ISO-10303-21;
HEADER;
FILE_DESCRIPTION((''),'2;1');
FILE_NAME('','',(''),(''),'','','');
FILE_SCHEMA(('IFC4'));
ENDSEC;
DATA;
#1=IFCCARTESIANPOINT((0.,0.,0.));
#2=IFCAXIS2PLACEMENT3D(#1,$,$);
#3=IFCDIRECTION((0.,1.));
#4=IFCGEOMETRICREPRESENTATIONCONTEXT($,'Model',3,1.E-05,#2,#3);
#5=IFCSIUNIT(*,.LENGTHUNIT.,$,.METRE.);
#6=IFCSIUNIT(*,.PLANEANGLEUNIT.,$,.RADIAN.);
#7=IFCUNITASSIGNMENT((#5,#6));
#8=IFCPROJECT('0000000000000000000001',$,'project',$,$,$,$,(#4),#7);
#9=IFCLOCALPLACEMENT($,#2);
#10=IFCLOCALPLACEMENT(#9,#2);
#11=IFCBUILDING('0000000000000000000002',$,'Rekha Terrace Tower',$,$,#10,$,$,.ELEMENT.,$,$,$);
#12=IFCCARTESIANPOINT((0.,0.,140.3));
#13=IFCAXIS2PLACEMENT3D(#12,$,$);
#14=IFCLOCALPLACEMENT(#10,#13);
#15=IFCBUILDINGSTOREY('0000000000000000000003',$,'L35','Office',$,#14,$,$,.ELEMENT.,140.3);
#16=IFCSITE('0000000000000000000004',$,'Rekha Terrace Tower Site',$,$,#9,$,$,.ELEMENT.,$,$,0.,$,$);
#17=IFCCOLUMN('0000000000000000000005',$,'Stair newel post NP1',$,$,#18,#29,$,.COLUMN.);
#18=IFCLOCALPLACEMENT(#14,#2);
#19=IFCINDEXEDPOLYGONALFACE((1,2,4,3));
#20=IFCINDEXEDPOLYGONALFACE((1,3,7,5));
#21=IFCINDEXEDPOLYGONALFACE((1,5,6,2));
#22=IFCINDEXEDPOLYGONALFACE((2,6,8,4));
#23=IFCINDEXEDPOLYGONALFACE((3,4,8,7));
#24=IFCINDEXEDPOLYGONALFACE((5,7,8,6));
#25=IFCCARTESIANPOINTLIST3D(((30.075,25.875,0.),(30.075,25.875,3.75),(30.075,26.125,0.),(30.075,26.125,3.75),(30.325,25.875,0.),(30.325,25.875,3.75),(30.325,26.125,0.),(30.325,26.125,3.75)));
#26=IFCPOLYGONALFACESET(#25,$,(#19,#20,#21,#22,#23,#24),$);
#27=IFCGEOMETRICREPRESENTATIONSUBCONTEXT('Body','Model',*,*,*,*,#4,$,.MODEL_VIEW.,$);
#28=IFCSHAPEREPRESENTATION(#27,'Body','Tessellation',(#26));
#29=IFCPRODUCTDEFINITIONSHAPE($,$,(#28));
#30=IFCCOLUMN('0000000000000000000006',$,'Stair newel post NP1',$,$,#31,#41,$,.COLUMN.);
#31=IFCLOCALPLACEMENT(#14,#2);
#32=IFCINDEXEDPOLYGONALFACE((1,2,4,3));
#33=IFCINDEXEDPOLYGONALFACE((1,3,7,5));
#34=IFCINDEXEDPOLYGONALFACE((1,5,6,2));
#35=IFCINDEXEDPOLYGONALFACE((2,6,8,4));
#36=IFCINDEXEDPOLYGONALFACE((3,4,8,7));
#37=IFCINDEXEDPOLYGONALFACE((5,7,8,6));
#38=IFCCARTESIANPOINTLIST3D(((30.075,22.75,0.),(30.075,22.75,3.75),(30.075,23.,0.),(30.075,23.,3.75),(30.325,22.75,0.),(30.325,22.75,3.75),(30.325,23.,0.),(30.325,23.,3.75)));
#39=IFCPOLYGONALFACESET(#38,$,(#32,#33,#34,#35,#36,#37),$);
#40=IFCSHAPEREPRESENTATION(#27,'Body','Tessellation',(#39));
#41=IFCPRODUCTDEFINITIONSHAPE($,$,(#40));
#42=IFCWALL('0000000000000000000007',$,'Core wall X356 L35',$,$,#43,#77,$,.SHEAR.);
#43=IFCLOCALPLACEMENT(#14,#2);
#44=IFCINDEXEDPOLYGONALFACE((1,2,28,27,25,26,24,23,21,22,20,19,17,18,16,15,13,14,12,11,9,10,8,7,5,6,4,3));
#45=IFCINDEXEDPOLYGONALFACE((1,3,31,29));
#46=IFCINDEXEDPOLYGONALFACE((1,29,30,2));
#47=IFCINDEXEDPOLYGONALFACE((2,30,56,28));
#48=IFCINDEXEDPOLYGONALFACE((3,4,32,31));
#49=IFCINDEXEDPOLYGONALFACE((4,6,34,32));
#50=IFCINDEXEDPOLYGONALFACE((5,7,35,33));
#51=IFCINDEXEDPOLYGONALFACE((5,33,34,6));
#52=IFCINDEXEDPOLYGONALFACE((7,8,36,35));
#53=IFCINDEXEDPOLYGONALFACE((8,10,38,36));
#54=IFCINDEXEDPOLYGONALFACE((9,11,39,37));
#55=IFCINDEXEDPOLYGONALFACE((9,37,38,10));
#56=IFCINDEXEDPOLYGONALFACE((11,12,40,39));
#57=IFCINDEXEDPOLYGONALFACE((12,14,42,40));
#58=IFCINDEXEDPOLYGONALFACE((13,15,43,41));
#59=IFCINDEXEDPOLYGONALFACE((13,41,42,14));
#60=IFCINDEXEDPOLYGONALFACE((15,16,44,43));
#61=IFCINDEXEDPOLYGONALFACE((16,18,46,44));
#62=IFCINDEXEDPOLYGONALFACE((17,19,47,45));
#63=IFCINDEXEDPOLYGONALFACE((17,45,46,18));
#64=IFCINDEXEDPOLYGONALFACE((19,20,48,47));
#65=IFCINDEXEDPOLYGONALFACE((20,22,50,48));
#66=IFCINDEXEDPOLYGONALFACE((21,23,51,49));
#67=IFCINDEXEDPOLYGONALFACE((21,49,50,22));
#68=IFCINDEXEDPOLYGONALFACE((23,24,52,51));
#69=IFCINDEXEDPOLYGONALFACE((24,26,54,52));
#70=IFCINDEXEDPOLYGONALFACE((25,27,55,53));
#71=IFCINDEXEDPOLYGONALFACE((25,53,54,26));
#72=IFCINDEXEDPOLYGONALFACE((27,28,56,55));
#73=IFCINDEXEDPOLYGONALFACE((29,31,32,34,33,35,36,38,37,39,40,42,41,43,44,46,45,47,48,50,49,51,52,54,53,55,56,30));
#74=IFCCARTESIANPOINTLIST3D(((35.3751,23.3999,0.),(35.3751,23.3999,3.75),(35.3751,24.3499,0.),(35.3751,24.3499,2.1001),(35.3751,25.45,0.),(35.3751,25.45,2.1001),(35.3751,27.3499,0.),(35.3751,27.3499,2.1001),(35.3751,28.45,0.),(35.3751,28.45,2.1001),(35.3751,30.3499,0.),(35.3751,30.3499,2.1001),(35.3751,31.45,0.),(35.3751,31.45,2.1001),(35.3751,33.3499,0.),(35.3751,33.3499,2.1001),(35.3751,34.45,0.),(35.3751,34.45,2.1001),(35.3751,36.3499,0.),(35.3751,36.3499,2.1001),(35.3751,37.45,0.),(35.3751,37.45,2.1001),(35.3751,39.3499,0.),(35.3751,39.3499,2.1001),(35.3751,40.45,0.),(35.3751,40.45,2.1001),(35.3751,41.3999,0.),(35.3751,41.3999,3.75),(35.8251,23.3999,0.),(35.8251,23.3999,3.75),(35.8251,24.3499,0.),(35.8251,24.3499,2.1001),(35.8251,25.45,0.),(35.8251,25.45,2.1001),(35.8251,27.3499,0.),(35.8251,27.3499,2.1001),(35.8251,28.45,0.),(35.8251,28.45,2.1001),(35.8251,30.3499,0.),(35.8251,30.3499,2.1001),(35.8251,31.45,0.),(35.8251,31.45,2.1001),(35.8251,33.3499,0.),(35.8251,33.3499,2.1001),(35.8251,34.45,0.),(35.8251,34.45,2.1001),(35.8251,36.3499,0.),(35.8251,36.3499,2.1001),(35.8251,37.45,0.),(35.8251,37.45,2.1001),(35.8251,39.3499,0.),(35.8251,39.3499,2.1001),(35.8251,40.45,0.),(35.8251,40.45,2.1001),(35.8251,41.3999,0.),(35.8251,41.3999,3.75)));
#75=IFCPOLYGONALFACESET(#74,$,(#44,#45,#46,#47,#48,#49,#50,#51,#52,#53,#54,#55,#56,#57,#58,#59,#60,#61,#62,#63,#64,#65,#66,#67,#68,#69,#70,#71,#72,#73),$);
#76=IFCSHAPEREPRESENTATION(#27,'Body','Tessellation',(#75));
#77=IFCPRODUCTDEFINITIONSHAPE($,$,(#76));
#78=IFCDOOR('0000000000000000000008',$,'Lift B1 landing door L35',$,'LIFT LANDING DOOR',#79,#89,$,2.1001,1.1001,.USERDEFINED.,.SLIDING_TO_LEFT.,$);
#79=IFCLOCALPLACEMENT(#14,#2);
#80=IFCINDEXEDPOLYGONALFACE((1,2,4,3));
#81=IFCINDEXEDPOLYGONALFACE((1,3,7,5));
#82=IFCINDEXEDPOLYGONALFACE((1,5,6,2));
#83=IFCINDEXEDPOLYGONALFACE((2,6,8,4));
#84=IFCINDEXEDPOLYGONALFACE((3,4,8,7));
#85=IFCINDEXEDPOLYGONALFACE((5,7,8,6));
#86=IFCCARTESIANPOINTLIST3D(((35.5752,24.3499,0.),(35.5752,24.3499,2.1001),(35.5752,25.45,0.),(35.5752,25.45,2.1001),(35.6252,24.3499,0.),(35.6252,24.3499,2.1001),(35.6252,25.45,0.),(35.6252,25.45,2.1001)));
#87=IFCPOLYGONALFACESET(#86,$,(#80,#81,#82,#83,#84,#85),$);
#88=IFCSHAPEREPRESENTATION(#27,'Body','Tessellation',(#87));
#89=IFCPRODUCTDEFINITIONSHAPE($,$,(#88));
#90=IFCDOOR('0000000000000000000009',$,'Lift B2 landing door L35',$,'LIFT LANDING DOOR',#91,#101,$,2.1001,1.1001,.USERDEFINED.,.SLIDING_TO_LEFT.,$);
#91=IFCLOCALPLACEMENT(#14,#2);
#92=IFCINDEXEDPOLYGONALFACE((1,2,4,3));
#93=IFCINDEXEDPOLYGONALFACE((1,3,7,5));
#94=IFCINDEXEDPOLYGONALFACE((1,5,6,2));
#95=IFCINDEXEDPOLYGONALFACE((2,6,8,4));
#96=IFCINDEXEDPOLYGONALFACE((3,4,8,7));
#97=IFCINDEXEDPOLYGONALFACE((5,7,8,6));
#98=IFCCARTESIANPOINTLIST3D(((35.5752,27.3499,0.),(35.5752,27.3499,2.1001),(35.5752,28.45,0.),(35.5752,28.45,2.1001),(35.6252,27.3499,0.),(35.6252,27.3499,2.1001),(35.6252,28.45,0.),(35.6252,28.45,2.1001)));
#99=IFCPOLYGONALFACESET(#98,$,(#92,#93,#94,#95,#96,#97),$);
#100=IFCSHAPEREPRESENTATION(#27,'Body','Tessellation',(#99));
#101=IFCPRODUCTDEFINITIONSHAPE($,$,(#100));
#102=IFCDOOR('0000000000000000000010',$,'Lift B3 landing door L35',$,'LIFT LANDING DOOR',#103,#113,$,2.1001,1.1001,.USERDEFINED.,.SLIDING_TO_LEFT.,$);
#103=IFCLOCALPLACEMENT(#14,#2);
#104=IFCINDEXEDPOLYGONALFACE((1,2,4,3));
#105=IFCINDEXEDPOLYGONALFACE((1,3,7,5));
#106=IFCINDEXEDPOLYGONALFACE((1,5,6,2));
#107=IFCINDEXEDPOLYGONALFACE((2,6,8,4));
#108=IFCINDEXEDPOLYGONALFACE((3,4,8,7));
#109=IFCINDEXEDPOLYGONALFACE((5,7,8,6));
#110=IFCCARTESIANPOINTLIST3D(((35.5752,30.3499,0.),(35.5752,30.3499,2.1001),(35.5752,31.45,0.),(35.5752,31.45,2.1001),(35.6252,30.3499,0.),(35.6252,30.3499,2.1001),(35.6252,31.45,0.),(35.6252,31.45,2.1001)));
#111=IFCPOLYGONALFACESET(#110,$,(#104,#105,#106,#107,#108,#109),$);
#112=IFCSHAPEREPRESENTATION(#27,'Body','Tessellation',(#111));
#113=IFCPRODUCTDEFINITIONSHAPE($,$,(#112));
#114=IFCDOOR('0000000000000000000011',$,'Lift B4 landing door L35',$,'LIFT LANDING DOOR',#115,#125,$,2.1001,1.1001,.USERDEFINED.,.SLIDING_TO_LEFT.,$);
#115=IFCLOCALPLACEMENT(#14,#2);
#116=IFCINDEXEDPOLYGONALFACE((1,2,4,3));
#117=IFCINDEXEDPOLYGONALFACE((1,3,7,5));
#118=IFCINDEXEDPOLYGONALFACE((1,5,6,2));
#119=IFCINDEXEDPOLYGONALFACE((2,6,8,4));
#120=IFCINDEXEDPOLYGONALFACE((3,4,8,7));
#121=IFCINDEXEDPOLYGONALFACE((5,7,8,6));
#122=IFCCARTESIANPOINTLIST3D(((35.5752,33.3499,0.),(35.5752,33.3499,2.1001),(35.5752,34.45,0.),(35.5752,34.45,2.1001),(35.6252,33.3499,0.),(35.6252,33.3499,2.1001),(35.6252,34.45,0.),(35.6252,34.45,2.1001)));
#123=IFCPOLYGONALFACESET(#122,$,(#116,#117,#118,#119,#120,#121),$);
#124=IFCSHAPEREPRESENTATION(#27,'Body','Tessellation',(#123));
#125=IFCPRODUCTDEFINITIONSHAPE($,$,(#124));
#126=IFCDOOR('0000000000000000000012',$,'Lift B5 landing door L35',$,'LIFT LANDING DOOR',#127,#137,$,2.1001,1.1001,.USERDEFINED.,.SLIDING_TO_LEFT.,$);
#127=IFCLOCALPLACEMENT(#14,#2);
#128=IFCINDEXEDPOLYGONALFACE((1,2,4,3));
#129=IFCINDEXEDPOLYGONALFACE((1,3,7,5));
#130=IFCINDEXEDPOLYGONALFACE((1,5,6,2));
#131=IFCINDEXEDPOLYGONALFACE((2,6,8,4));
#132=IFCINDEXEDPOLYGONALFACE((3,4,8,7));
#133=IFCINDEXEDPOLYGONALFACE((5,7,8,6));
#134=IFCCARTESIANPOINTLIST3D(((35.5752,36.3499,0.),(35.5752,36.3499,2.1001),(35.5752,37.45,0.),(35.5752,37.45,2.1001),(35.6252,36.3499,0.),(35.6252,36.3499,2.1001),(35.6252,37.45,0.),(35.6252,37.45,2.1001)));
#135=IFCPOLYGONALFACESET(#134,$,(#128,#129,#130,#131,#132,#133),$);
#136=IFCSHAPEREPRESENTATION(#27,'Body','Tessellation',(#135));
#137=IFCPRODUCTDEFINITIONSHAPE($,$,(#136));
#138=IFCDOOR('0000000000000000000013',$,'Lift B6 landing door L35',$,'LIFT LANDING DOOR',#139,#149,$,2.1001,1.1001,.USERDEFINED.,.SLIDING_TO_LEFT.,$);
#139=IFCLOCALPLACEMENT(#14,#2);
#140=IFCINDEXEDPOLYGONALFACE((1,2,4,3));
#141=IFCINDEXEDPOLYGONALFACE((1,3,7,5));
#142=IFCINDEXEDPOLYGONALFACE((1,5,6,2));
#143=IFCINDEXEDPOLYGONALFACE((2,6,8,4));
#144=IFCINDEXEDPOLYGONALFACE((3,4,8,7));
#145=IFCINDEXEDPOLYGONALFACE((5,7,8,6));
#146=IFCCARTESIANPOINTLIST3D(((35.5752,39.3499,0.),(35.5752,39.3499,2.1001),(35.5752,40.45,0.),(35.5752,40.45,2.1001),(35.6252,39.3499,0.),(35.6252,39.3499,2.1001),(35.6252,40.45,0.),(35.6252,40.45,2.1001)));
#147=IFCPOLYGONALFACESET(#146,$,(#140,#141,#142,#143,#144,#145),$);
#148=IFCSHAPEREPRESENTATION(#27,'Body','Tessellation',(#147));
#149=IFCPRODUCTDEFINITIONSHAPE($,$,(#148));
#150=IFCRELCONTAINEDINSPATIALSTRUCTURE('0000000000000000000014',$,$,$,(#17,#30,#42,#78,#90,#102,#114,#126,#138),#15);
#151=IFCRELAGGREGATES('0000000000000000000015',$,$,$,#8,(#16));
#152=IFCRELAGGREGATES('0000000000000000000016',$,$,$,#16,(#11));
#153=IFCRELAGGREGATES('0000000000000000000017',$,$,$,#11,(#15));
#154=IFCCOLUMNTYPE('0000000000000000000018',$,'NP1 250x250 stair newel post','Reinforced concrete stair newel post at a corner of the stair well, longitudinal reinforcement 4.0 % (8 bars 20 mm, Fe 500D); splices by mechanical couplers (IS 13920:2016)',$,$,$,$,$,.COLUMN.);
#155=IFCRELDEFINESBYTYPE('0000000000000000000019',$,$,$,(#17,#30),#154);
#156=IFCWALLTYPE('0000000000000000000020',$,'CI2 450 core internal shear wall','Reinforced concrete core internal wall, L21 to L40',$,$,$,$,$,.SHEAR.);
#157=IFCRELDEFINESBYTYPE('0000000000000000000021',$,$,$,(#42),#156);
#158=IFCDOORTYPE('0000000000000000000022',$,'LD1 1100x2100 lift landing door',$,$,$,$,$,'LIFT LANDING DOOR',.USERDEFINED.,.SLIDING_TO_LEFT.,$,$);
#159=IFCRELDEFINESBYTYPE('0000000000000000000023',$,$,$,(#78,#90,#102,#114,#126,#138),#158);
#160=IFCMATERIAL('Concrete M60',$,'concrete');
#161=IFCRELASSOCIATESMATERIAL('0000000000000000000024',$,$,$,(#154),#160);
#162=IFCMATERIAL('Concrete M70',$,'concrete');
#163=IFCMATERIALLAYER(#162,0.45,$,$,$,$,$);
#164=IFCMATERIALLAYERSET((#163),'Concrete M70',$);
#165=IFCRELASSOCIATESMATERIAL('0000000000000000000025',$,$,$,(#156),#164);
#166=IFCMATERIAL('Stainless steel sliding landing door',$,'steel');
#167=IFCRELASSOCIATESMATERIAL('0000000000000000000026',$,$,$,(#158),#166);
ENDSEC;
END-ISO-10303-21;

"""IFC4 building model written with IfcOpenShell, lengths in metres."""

from ifc_helpers import new_model, si_unit, direction, frame, frame_2d, origin, origin_2d, place, context, subcontext, project, spatial, rectangle, extrude, material, layer, layer_set, material_profile, profile_set, type_object, element, fill, save


model = new_model("IFC4")

# Units and contexts
model_context = context("Model", 3, precision=1e-05, world=origin(), true_north=direction((0.0, 1.0)))
body_context = subcontext(model_context, "Body", "Model", "MODEL_VIEW")
ifc_project = project(units=[si_unit("LENGTHUNIT", "METRE"), si_unit("PLANEANGLEUNIT", "RADIAN")], contexts=[model_context])

# Site, building, storey
site_placement = place(None, origin())
site = spatial("IfcSite", under=ifc_project, at=site_placement, Name="Rekha Terrace Tower Site", CompositionType="ELEMENT", RefElevation=0.0)
building_placement = place(site_placement, origin())
building = spatial("IfcBuilding", under=site, at=building_placement, Name="Rekha Terrace Tower", CompositionType="ELEMENT")
storey_placement = place(building_placement, frame((0.0, 0.0, 140.3)))
storey = spatial("IfcBuildingStorey", under=building, at=storey_placement, Name="L35", Description="Office", CompositionType="ELEMENT", Elevation=140.3)

# Columns
ifc_material_1 = material(Name="Concrete M60", Category="concrete")
ifc_material_profile = material_profile(ifc_material_1, rectangle(XDim=0.25, YDim=0.25, at=origin_2d()), Name="RC 250x250")
ifc_profile_set = profile_set([ifc_material_profile], Name="Concrete M60")
column_type = type_object("IfcColumnType", Name="NP1 250x250 stair newel post", Description="Reinforced concrete stair newel post at a corner of the stair well, longitudinal reinforcement 4.0 % (8 bars 20 mm, Fe 500D); splices by mechanical couplers (IS 13920:2016)", PredefinedType="COLUMN", material=ifc_profile_set)
for number, where, z_axis, x_axis, name in (
    (1, (30.2, 26.0, 0.0), (0.0, 0.0, 1.0), (1.0, 0.0, 0.0), "Stair newel post NP1"),
    (2, (30.2, 22.875, 0.0), (0.0, 0.0, 1.0), (1.0, 0.0, 0.0), "Stair newel post NP1"),
):
    element("IfcColumn", number, at=place(storey_placement, frame(where, z_axis=z_axis, x_axis=x_axis)), inside=storey, type_object=column_type, Name=name, PredefinedType="COLUMN", context=body_context, shape_type="SweptSolid", body=[
        extrude(rectangle(XDim=0.25, YDim=0.25, at=origin_2d()), origin(), (0.0, 0.0, 1.0), 3.75),
    ])

# Wall, openings, doors
ifc_material_2 = material(Name="Concrete M70", Category="concrete")
ifc_layer_1 = layer(ifc_material_2, 0.45)
ifc_layer_set_1 = layer_set([ifc_layer_1], Name="Concrete M70")
wall_type_1 = type_object("IfcWallType", Name="CI2 450 core internal shear wall", Description="Reinforced concrete core internal wall, L21 to L40", PredefinedType="SHEAR", material=ifc_layer_set_1)
wall_1_placement = place(storey_placement, frame((35.6001, 23.3999, 0.0), z_axis=(0.0, 0.0, 1.0), x_axis=(0.0, 1.0, 0.0)))
wall_1 = element("IfcWall", 3, at=wall_1_placement, inside=storey, type_object=wall_type_1, Name="Core wall X356 L35", PredefinedType="SHEAR", context=body_context, shape_type="SweptSolid", body=[
    extrude(rectangle(XDim=18.0, YDim=0.45, at=frame_2d((9.0, 0.0))), origin(), (0.0, 0.0, 1.0), 3.75),
])
opening_1_placement = place(wall_1_placement, frame((0.95, 0.0, 0.0)))
opening_1 = element("IfcOpeningElement", 4, at=opening_1_placement, cuts=wall_1, PredefinedType="OPENING", context=body_context, shape_type="SweptSolid", body=[
    extrude(rectangle(XDim=1.1001, YDim=2.1001, at=frame_2d((0.55, 1.05))), frame((0.0, 0.2349, 0.0), z_axis=(0.0, -1.0, 0.0), x_axis=(1.0, 0.0, 0.0)), (0.0, 0.0, 1.0), 0.47),
])
opening_2_placement = place(wall_1_placement, frame((3.95, 0.0, 0.0)))
opening_2 = element("IfcOpeningElement", 5, at=opening_2_placement, cuts=wall_1, PredefinedType="OPENING", context=body_context, shape_type="SweptSolid", body=[
    extrude(rectangle(XDim=1.1001, YDim=2.1001, at=frame_2d((0.55, 1.05))), frame((0.0, 0.2349, 0.0), z_axis=(0.0, -1.0, 0.0), x_axis=(1.0, 0.0, 0.0)), (0.0, 0.0, 1.0), 0.47),
])
opening_3_placement = place(wall_1_placement, frame((6.95, 0.0, 0.0)))
opening_3 = element("IfcOpeningElement", 6, at=opening_3_placement, cuts=wall_1, PredefinedType="OPENING", context=body_context, shape_type="SweptSolid", body=[
    extrude(rectangle(XDim=1.1001, YDim=2.1001, at=frame_2d((0.55, 1.05))), frame((0.0, 0.2349, 0.0), z_axis=(0.0, -1.0, 0.0), x_axis=(1.0, 0.0, 0.0)), (0.0, 0.0, 1.0), 0.47),
])
opening_4_placement = place(wall_1_placement, frame((9.95, 0.0, 0.0)))
opening_4 = element("IfcOpeningElement", 7, at=opening_4_placement, cuts=wall_1, PredefinedType="OPENING", context=body_context, shape_type="SweptSolid", body=[
    extrude(rectangle(XDim=1.1001, YDim=2.1001, at=frame_2d((0.55, 1.05))), frame((0.0, 0.2349, 0.0), z_axis=(0.0, -1.0, 0.0), x_axis=(1.0, 0.0, 0.0)), (0.0, 0.0, 1.0), 0.47),
])
opening_5_placement = place(wall_1_placement, frame((12.95, 0.0, 0.0)))
opening_5 = element("IfcOpeningElement", 8, at=opening_5_placement, cuts=wall_1, PredefinedType="OPENING", context=body_context, shape_type="SweptSolid", body=[
    extrude(rectangle(XDim=1.1001, YDim=2.1001, at=frame_2d((0.55, 1.05))), frame((0.0, 0.2349, 0.0), z_axis=(0.0, -1.0, 0.0), x_axis=(1.0, 0.0, 0.0)), (0.0, 0.0, 1.0), 0.47),
])
opening_6_placement = place(wall_1_placement, frame((15.95, 0.0, 0.0)))
opening_6 = element("IfcOpeningElement", 9, at=opening_6_placement, cuts=wall_1, PredefinedType="OPENING", context=body_context, shape_type="SweptSolid", body=[
    extrude(rectangle(XDim=1.1001, YDim=2.1001, at=frame_2d((0.55, 1.05))), frame((0.0, 0.2349, 0.0), z_axis=(0.0, -1.0, 0.0), x_axis=(1.0, 0.0, 0.0)), (0.0, 0.0, 1.0), 0.47),
])
ifc_material_3 = material(Name="Stainless steel sliding landing door", Category="steel")
door_type_1 = type_object("IfcDoorType", Name="LD1 1100x2100 lift landing door", ElementType="LIFT LANDING DOOR", OperationType="SLIDING_TO_LEFT", PredefinedType="USERDEFINED", material=ifc_material_3)
door_1_placement = place(opening_1_placement, origin())
door_1 = element("IfcDoor", 10, at=door_1_placement, inside=storey, type_object=door_type_1, Name="Lift B1 landing door L35", ObjectType="LIFT LANDING DOOR", OperationType="SLIDING_TO_LEFT", OverallHeight=2.1001, OverallWidth=1.1001, PredefinedType="USERDEFINED", context=body_context, shape_type="SweptSolid", body=[
    extrude(rectangle(XDim=1.1001, YDim=2.1001, at=frame_2d((0.55, 1.05))), frame((0.0, 0.0249, 0.0), z_axis=(0.0, -1.0, 0.0), x_axis=(1.0, 0.0, 0.0)), (0.0, 0.0, 1.0), 0.05),
])
fill(opening_1, door_1)
door_2_placement = place(opening_2_placement, origin())
door_2 = element("IfcDoor", 11, at=door_2_placement, inside=storey, type_object=door_type_1, Name="Lift B2 landing door L35", ObjectType="LIFT LANDING DOOR", OperationType="SLIDING_TO_LEFT", OverallHeight=2.1001, OverallWidth=1.1001, PredefinedType="USERDEFINED", context=body_context, shape_type="SweptSolid", body=[
    extrude(rectangle(XDim=1.1001, YDim=2.1001, at=frame_2d((0.55, 1.05))), frame((0.0, 0.0249, 0.0), z_axis=(0.0, -1.0, 0.0), x_axis=(1.0, 0.0, 0.0)), (0.0, 0.0, 1.0), 0.05),
])
fill(opening_2, door_2)
door_3_placement = place(opening_3_placement, origin())
door_3 = element("IfcDoor", 12, at=door_3_placement, inside=storey, type_object=door_type_1, Name="Lift B3 landing door L35", ObjectType="LIFT LANDING DOOR", OperationType="SLIDING_TO_LEFT", OverallHeight=2.1001, OverallWidth=1.1001, PredefinedType="USERDEFINED", context=body_context, shape_type="SweptSolid", body=[
    extrude(rectangle(XDim=1.1001, YDim=2.1001, at=frame_2d((0.55, 1.05))), frame((0.0, 0.0249, 0.0), z_axis=(0.0, -1.0, 0.0), x_axis=(1.0, 0.0, 0.0)), (0.0, 0.0, 1.0), 0.05),
])
fill(opening_3, door_3)
door_4_placement = place(opening_4_placement, origin())
door_4 = element("IfcDoor", 13, at=door_4_placement, inside=storey, type_object=door_type_1, Name="Lift B4 landing door L35", ObjectType="LIFT LANDING DOOR", OperationType="SLIDING_TO_LEFT", OverallHeight=2.1001, OverallWidth=1.1001, PredefinedType="USERDEFINED", context=body_context, shape_type="SweptSolid", body=[
    extrude(rectangle(XDim=1.1001, YDim=2.1001, at=frame_2d((0.55, 1.05))), frame((0.0, 0.0249, 0.0), z_axis=(0.0, -1.0, 0.0), x_axis=(1.0, 0.0, 0.0)), (0.0, 0.0, 1.0), 0.05),
])
fill(opening_4, door_4)
door_5_placement = place(opening_5_placement, origin())
door_5 = element("IfcDoor", 14, at=door_5_placement, inside=storey, type_object=door_type_1, Name="Lift B5 landing door L35", ObjectType="LIFT LANDING DOOR", OperationType="SLIDING_TO_LEFT", OverallHeight=2.1001, OverallWidth=1.1001, PredefinedType="USERDEFINED", context=body_context, shape_type="SweptSolid", body=[
    extrude(rectangle(XDim=1.1001, YDim=2.1001, at=frame_2d((0.55, 1.05))), frame((0.0, 0.0249, 0.0), z_axis=(0.0, -1.0, 0.0), x_axis=(1.0, 0.0, 0.0)), (0.0, 0.0, 1.0), 0.05),
])
fill(opening_5, door_5)
door_6_placement = place(opening_6_placement, origin())
door_6 = element("IfcDoor", 15, at=door_6_placement, inside=storey, type_object=door_type_1, Name="Lift B6 landing door L35", ObjectType="LIFT LANDING DOOR", OperationType="SLIDING_TO_LEFT", OverallHeight=2.1001, OverallWidth=1.1001, PredefinedType="USERDEFINED", context=body_context, shape_type="SweptSolid", body=[
    extrude(rectangle(XDim=1.1001, YDim=2.1001, at=frame_2d((0.55, 1.05))), frame((0.0, 0.0249, 0.0), z_axis=(0.0, -1.0, 0.0), x_axis=(1.0, 0.0, 0.0)), (0.0, 0.0, 1.0), 0.05),
])
fill(opening_6, door_6)

save(model, "model.ifc")
